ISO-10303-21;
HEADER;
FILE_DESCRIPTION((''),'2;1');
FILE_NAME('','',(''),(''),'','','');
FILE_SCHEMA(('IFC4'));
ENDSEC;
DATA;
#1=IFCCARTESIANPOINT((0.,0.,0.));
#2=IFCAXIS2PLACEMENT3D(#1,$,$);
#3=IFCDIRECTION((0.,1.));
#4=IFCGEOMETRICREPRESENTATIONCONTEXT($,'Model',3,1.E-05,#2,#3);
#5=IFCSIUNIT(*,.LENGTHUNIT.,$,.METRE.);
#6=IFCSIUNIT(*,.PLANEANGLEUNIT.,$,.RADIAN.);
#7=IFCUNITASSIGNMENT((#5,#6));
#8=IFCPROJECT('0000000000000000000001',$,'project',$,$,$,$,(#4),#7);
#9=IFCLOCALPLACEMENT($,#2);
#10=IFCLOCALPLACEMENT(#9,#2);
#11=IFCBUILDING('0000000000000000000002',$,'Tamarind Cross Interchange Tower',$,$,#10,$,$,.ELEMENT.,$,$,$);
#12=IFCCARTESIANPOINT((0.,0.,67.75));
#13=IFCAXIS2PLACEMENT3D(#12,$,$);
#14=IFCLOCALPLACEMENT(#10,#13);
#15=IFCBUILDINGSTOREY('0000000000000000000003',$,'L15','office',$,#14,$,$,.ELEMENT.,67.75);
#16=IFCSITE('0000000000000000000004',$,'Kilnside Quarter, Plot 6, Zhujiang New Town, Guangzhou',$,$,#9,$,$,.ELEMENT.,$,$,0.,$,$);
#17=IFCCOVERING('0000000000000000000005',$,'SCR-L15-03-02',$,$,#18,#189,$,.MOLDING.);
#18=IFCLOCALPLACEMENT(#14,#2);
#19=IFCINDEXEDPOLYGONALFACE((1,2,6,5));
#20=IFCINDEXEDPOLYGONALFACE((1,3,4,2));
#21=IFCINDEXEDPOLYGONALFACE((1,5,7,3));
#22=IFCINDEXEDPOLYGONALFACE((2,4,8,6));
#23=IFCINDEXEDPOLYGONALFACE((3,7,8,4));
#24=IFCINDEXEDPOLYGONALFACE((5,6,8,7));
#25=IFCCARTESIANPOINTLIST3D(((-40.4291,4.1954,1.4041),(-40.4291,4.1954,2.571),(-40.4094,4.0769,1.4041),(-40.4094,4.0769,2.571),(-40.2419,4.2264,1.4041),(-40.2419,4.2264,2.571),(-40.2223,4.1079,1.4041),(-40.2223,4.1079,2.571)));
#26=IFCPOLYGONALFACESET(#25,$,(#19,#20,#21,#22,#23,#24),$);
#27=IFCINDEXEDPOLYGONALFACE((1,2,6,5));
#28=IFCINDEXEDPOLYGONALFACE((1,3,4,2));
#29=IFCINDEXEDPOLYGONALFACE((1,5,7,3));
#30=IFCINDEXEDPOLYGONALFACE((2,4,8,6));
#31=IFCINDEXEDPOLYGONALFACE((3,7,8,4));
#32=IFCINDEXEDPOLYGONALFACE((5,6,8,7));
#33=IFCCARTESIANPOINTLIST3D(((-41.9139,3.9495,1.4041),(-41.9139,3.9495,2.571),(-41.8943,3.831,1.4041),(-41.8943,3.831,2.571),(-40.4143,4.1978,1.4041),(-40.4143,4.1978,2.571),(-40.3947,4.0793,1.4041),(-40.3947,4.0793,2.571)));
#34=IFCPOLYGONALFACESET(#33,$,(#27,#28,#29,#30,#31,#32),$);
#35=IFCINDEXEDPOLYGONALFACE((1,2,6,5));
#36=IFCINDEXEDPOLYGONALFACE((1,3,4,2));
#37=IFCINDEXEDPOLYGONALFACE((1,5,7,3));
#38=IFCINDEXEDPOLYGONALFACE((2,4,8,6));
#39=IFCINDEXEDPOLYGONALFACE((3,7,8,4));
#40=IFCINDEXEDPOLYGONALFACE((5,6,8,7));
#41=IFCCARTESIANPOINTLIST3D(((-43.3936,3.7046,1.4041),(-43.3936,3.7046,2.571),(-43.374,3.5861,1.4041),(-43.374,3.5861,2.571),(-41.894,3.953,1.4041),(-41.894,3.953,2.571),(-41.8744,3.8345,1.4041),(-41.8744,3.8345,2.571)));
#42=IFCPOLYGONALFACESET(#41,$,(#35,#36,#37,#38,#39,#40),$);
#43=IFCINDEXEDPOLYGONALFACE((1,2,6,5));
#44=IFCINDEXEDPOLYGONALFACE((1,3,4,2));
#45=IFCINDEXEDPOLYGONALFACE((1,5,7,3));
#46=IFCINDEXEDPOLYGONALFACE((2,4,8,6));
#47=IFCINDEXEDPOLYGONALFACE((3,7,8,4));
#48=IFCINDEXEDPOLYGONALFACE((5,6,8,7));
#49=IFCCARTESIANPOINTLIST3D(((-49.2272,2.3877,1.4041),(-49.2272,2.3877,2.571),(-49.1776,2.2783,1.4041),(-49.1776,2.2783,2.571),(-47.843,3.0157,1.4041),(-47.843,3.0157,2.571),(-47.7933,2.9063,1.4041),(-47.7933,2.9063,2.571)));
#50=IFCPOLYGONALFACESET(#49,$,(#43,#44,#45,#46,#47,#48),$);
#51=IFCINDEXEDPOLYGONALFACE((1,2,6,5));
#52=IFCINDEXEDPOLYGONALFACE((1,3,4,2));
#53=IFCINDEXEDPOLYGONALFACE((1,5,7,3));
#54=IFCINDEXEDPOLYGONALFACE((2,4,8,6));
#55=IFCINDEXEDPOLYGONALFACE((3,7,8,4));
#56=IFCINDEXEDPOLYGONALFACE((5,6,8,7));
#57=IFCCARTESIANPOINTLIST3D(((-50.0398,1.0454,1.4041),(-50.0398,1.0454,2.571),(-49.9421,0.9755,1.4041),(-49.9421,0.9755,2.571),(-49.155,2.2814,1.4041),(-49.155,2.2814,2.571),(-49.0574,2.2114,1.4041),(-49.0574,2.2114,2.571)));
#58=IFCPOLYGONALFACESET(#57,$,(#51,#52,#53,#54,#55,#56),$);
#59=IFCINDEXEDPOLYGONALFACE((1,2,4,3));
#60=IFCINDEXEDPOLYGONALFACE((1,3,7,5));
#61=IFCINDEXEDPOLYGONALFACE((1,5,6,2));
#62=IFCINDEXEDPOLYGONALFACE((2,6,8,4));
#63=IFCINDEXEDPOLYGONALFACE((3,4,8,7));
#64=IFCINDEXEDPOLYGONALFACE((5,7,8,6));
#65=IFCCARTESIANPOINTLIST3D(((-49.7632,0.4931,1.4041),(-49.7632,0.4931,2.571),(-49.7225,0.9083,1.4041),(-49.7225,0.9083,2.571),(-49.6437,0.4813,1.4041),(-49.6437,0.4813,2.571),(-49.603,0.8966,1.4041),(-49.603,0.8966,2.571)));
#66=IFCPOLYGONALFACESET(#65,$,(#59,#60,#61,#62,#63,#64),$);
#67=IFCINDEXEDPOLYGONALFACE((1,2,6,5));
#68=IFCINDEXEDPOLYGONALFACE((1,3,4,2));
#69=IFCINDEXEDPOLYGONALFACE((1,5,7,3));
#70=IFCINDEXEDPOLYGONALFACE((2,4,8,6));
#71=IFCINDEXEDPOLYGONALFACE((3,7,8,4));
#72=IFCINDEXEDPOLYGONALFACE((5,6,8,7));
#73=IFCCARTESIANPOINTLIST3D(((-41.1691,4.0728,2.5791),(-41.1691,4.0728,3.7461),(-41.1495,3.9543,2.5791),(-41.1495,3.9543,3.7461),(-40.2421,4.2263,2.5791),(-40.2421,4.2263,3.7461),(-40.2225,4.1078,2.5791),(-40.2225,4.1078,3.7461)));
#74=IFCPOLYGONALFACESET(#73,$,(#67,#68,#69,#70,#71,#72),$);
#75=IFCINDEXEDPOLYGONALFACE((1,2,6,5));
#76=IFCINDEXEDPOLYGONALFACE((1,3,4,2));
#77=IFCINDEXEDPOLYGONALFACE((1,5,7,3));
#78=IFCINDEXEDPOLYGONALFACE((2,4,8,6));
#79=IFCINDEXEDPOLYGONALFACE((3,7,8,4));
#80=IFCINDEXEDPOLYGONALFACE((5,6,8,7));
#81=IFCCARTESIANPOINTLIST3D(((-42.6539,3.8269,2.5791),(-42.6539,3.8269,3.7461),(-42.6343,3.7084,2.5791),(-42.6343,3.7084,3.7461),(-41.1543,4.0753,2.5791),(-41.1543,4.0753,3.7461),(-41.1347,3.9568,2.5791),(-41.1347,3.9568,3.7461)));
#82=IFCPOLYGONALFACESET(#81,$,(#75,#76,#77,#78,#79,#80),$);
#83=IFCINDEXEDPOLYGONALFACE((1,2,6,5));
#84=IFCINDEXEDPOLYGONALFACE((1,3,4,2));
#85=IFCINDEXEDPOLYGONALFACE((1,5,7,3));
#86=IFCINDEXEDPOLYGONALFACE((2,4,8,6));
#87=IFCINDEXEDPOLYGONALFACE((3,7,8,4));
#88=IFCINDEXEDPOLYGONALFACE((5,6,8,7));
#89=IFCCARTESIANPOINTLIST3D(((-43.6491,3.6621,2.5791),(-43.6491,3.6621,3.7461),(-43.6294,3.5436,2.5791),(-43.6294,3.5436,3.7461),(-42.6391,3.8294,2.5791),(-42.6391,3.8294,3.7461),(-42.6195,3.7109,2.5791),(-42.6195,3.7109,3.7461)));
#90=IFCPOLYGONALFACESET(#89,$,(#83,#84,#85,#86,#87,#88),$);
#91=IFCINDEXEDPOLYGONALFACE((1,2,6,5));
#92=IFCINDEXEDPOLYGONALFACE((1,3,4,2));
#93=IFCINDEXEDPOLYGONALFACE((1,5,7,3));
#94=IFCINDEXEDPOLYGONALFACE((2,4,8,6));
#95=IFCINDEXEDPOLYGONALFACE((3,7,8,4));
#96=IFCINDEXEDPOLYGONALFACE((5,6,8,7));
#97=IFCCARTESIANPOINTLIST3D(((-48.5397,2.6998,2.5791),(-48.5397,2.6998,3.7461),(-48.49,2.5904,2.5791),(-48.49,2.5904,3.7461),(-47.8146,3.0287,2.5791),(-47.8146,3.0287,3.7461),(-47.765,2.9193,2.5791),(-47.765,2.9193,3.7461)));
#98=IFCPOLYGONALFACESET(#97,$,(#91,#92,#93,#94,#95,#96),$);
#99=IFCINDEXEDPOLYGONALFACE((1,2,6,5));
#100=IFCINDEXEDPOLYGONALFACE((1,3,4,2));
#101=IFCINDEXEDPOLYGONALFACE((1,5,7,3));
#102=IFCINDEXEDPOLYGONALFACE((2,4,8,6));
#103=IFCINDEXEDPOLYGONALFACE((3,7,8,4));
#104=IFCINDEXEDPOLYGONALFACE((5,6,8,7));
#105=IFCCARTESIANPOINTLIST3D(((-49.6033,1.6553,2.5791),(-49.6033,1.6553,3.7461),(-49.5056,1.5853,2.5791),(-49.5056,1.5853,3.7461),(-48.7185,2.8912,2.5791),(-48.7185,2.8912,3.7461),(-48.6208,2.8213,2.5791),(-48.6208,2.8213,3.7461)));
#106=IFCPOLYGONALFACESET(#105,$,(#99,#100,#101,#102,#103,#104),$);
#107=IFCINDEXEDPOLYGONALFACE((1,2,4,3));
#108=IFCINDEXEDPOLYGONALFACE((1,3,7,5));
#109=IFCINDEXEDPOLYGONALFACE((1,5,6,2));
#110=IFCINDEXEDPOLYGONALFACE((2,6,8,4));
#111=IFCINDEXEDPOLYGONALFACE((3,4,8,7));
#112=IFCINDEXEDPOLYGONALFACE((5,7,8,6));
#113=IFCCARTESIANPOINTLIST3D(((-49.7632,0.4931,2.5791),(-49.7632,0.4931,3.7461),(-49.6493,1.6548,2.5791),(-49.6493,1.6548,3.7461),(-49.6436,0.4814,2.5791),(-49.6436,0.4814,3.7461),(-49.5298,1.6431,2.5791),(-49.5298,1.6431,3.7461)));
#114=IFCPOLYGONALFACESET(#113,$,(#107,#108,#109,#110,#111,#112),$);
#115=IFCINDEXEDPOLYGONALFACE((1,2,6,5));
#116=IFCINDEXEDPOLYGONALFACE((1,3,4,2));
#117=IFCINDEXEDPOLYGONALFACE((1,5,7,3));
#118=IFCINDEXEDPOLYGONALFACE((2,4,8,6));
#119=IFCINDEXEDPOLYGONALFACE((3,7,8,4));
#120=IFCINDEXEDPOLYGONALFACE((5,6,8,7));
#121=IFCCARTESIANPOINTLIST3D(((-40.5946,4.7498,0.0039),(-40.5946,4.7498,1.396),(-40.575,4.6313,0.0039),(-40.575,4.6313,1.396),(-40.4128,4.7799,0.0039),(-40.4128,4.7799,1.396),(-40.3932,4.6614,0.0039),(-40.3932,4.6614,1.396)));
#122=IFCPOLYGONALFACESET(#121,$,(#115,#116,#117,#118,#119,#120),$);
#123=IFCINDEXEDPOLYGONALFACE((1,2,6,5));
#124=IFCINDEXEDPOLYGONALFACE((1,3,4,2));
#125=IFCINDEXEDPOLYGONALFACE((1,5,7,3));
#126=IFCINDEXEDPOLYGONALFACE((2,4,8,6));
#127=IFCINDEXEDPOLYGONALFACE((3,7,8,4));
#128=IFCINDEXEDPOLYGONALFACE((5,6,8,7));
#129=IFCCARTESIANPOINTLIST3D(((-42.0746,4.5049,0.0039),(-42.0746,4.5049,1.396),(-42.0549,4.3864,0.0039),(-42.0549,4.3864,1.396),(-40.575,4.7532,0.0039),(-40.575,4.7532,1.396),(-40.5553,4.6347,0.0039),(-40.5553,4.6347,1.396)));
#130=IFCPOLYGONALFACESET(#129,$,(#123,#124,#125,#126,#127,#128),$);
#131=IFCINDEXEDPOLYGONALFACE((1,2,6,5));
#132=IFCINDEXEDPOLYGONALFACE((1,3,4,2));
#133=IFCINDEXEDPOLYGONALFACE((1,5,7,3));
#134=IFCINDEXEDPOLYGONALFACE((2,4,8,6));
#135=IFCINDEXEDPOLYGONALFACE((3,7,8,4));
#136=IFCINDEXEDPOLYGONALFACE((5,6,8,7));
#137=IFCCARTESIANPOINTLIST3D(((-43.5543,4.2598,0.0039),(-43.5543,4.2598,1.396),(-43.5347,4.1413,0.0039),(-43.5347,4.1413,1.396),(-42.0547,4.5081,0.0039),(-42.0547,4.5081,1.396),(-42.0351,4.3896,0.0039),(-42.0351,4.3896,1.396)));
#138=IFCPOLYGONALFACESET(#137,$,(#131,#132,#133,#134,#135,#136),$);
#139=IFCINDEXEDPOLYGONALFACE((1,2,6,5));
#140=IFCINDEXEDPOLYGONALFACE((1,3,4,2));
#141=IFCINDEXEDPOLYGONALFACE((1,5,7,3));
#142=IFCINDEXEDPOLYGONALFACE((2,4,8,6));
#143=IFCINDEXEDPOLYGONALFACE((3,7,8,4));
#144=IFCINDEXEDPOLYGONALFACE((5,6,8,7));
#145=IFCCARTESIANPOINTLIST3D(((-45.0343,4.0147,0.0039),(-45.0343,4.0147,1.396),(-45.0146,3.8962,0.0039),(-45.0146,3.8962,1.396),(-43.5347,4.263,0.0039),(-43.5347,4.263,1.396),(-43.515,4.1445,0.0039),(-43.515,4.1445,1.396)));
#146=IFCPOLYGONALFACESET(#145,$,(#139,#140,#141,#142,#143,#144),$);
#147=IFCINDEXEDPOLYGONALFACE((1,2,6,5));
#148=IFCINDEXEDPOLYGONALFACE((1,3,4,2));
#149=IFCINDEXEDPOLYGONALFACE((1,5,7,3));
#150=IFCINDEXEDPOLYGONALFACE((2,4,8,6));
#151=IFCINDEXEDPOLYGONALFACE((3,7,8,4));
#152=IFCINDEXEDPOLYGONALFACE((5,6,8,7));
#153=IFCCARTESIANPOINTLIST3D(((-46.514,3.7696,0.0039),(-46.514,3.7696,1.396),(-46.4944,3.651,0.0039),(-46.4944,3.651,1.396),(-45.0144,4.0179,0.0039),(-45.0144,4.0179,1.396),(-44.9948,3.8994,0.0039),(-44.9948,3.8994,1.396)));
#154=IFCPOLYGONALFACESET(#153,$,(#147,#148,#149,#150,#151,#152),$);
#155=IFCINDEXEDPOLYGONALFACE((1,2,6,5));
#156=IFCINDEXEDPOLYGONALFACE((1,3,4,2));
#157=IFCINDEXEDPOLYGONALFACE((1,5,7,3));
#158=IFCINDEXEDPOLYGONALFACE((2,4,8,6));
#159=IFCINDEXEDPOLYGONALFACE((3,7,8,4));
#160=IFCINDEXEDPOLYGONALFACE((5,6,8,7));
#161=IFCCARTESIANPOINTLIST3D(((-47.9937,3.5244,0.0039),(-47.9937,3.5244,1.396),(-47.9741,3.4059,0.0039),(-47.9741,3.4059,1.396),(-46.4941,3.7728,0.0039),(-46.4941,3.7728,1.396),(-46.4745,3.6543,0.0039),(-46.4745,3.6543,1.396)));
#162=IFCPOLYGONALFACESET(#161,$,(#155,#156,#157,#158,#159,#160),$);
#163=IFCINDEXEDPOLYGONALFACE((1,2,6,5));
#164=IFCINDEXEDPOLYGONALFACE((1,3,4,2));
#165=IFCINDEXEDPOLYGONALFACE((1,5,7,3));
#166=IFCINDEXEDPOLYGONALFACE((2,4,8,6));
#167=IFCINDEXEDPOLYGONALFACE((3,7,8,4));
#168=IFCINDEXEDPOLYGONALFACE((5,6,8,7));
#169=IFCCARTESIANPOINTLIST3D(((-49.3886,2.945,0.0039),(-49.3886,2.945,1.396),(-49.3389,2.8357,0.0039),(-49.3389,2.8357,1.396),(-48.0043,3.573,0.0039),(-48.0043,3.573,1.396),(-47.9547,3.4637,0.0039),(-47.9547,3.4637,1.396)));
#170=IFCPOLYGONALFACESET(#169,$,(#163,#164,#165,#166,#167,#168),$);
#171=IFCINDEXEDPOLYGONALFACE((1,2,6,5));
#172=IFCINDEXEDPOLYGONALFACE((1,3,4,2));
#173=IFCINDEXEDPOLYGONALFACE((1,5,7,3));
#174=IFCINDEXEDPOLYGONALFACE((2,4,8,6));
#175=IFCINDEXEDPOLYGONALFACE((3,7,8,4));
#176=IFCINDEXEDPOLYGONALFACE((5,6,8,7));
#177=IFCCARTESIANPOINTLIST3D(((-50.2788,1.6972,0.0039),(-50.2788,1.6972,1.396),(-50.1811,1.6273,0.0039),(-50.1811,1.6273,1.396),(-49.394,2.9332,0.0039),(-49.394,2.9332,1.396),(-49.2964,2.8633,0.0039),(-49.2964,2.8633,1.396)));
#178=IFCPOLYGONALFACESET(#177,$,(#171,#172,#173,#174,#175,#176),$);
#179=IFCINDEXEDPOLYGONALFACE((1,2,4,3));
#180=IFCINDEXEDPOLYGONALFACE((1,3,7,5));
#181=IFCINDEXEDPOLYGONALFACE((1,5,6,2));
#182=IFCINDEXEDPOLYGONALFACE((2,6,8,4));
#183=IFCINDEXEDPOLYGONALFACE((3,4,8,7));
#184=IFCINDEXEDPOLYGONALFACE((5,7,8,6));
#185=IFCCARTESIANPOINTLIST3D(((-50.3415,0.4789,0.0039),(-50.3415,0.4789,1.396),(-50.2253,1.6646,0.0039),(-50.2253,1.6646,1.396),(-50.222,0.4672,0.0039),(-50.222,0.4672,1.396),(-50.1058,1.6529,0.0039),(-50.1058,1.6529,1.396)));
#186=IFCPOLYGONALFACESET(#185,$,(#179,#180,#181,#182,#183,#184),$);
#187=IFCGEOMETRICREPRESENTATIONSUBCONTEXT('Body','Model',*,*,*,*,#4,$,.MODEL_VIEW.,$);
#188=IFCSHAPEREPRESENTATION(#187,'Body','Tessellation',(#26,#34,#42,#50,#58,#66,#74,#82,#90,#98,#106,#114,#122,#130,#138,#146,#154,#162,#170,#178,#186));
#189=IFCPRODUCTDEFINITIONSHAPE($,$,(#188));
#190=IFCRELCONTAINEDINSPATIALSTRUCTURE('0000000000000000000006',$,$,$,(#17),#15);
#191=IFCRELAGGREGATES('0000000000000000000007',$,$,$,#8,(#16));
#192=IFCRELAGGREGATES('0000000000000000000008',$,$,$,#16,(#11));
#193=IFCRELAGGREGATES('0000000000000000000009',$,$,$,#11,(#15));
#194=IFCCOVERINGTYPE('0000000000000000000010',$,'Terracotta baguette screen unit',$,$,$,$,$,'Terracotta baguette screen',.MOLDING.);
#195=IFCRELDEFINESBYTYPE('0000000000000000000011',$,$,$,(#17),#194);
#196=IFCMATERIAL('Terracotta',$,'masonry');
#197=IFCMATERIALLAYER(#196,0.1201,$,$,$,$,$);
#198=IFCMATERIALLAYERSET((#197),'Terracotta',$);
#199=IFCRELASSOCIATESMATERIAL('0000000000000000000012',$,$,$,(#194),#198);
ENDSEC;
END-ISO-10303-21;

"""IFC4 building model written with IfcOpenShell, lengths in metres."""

from ifc_helpers import new_model, si_unit, direction, frame, origin, origin_2d, place, context, subcontext, project, spatial, rectangle, extrude, material, layer, layer_set, type_object, element, save


model = new_model("IFC4")

# Units and contexts
model_context = context("Model", 3, precision=1e-05, world=origin(), true_north=direction((0.0, 1.0)))
body_context = subcontext(model_context, "Body", "Model", "MODEL_VIEW")
ifc_project = project(units=[si_unit("LENGTHUNIT", "METRE"), si_unit("PLANEANGLEUNIT", "RADIAN")], contexts=[model_context])

# Site, building, storey
site_placement = place(None, origin())
site = spatial("IfcSite", under=ifc_project, at=site_placement, Name="Kilnside Quarter, Plot 6, Zhujiang New Town, Guangzhou", CompositionType="ELEMENT", RefElevation=0.0)
building_placement = place(site_placement, origin())
building = spatial("IfcBuilding", under=site, at=building_placement, Name="Tamarind Cross Interchange Tower", CompositionType="ELEMENT")
storey_placement = place(building_placement, frame((0.0, 0.0, 67.75)))
storey = spatial("IfcBuildingStorey", under=building, at=storey_placement, Name="L15", Description="office", CompositionType="ELEMENT", Elevation=67.75)

# Covering
ifc_material_1 = material(Name="Terracotta", Category="masonry")
ifc_layer_1 = layer(ifc_material_1, 0.1201)
ifc_layer_set_1 = layer_set([ifc_layer_1], Name="Terracotta")
covering_type = type_object("IfcCoveringType", Name="Terracotta baguette screen unit", ElementType="Terracotta baguette screen", PredefinedType="MOLDING", material=ifc_layer_set_1)
covering_1_placement = place(storey_placement, origin())
element("IfcCovering", 1, at=covering_1_placement, inside=storey, type_object=covering_type, Name="SCR-L15-03-02", PredefinedType="MOLDING", context=body_context, shape_type="SweptSolid", body=[
    extrude(rectangle(XDim=0.1897, YDim=0.1201, at=origin_2d()), frame((-40.3257, 4.1516, 1.4041), z_axis=(0.0, 0.0, 1.0), x_axis=(-0.986563, -0.163381, 0.0)), (0.0, 0.0, 1.0), 1.167),
    extrude(rectangle(XDim=1.52, YDim=0.1201, at=origin_2d()), frame((-41.1543, 4.0144, 1.4041), z_axis=(0.0, 0.0, 1.0), x_axis=(-0.986563, -0.163381, 0.0)), (0.0, 0.0, 1.0), 1.167),
    extrude(rectangle(XDim=1.52, YDim=0.1201, at=origin_2d()), frame((-42.634, 3.7695, 1.4041), z_axis=(0.0, 0.0, 1.0), x_axis=(-0.986563, -0.163381, 0.0)), (0.0, 0.0, 1.0), 1.167),
    extrude(rectangle(XDim=1.52, YDim=0.1201, at=origin_2d()), frame((-48.5103, 2.647, 1.4041), z_axis=(0.0, 0.0, 1.0), x_axis=(-0.910661, -0.413155, 0.0)), (0.0, 0.0, 1.0), 1.167),
    extrude(rectangle(XDim=1.52, YDim=0.1201, at=origin_2d()), frame((-49.5486, 1.6284, 1.4041), z_axis=(0.0, 0.0, 1.0), x_axis=(-0.582078, -0.813133, 0.0)), (0.0, 0.0, 1.0), 1.167),
    extrude(rectangle(XDim=0.4172, YDim=0.1201, at=origin_2d()), frame((-49.6831, 0.6948, 1.4041), z_axis=(0.0, 0.0, 1.0), x_axis=(-0.097527, -0.995233, 0.0)), (0.0, 0.0, 1.0), 1.167),
    extrude(rectangle(XDim=0.9397, YDim=0.1201, at=origin_2d()), frame((-40.6958, 4.0903, 2.5791), z_axis=(0.0, 0.0, 1.0), x_axis=(-0.986563, -0.163381, 0.0)), (0.0, 0.0, 1.0), 1.167),
    extrude(rectangle(XDim=1.52, YDim=0.1201, at=origin_2d()), frame((-41.8943, 3.8918, 2.5791), z_axis=(0.0, 0.0, 1.0), x_axis=(-0.986563, -0.163381, 0.0)), (0.0, 0.0, 1.0), 1.167),
    extrude(rectangle(XDim=1.0237, YDim=0.1201, at=origin_2d()), frame((-43.1343, 3.6865, 2.5791), z_axis=(0.0, 0.0, 1.0), x_axis=(-0.986563, -0.163381, 0.0)), (0.0, 0.0, 1.0), 1.167),
    extrude(rectangle(XDim=0.7961, YDim=0.1201, at=origin_2d()), frame((-48.1523, 2.8096, 2.5791), z_axis=(0.0, 0.0, 1.0), x_axis=(-0.910661, -0.413155, 0.0)), (0.0, 0.0, 1.0), 1.167),
    extrude(rectangle(XDim=1.52, YDim=0.1201, at=origin_2d()), frame((-49.1121, 2.2383, 2.5791), z_axis=(0.0, 0.0, 1.0), x_axis=(-0.582078, -0.813133, 0.0)), (0.0, 0.0, 1.0), 1.167),
    extrude(rectangle(XDim=1.1672, YDim=0.1201, at=origin_2d()), frame((-49.6465, 1.0681, 2.5791), z_axis=(0.0, 0.0, 1.0), x_axis=(-0.097527, -0.995233, 0.0)), (0.0, 0.0, 1.0), 1.167),
    extrude(rectangle(XDim=0.1843, YDim=0.1201, at=origin_2d()), frame((-40.4939, 4.7056, 0.0039), z_axis=(0.0, 0.0, 1.0), x_axis=(-0.986563, -0.163381, 0.0)), (0.0, 0.0, 1.0), 1.3921),
    extrude(rectangle(XDim=1.52, YDim=0.1201, at=origin_2d()), frame((-41.3149, 4.5698, 0.0039), z_axis=(0.0, 0.0, 1.0), x_axis=(-0.986563, -0.163381, 0.0)), (0.0, 0.0, 1.0), 1.3921),
    extrude(rectangle(XDim=1.52, YDim=0.1201, at=origin_2d()), frame((-42.7947, 4.3247, 0.0039), z_axis=(0.0, 0.0, 1.0), x_axis=(-0.986563, -0.163381, 0.0)), (0.0, 0.0, 1.0), 1.3921),
    extrude(rectangle(XDim=1.52, YDim=0.1201, at=origin_2d()), frame((-44.2747, 4.0796, 0.0039), z_axis=(0.0, 0.0, 1.0), x_axis=(-0.986563, -0.163381, 0.0)), (0.0, 0.0, 1.0), 1.3921),
    extrude(rectangle(XDim=1.52, YDim=0.1201, at=origin_2d()), frame((-45.7544, 3.8345, 0.0039), z_axis=(0.0, 0.0, 1.0), x_axis=(-0.986563, -0.163381, 0.0)), (0.0, 0.0, 1.0), 1.3921),
    extrude(rectangle(XDim=1.52, YDim=0.1201, at=origin_2d()), frame((-47.2341, 3.5894, 0.0039), z_axis=(0.0, 0.0, 1.0), x_axis=(-0.986563, -0.163381, 0.0)), (0.0, 0.0, 1.0), 1.3921),
    extrude(rectangle(XDim=1.52, YDim=0.1201, at=origin_2d()), frame((-48.6716, 3.2043, 0.0039), z_axis=(0.0, 0.0, 1.0), x_axis=(-0.910661, -0.413155, 0.0)), (0.0, 0.0, 1.0), 1.3921),
    extrude(rectangle(XDim=1.52, YDim=0.1201, at=origin_2d()), frame((-49.7876, 2.2803, 0.0039), z_axis=(0.0, 0.0, 1.0), x_axis=(-0.582078, -0.813133, 0.0)), (0.0, 0.0, 1.0), 1.3921),
    extrude(rectangle(XDim=1.1914, YDim=0.1201, at=origin_2d()), frame((-50.2236, 1.0659, 0.0039), z_axis=(0.0, 0.0, 1.0), x_axis=(-0.097527, -0.995233, 0.0)), (0.0, 0.0, 1.0), 1.3921),
])

save(model, "model.ifc")
